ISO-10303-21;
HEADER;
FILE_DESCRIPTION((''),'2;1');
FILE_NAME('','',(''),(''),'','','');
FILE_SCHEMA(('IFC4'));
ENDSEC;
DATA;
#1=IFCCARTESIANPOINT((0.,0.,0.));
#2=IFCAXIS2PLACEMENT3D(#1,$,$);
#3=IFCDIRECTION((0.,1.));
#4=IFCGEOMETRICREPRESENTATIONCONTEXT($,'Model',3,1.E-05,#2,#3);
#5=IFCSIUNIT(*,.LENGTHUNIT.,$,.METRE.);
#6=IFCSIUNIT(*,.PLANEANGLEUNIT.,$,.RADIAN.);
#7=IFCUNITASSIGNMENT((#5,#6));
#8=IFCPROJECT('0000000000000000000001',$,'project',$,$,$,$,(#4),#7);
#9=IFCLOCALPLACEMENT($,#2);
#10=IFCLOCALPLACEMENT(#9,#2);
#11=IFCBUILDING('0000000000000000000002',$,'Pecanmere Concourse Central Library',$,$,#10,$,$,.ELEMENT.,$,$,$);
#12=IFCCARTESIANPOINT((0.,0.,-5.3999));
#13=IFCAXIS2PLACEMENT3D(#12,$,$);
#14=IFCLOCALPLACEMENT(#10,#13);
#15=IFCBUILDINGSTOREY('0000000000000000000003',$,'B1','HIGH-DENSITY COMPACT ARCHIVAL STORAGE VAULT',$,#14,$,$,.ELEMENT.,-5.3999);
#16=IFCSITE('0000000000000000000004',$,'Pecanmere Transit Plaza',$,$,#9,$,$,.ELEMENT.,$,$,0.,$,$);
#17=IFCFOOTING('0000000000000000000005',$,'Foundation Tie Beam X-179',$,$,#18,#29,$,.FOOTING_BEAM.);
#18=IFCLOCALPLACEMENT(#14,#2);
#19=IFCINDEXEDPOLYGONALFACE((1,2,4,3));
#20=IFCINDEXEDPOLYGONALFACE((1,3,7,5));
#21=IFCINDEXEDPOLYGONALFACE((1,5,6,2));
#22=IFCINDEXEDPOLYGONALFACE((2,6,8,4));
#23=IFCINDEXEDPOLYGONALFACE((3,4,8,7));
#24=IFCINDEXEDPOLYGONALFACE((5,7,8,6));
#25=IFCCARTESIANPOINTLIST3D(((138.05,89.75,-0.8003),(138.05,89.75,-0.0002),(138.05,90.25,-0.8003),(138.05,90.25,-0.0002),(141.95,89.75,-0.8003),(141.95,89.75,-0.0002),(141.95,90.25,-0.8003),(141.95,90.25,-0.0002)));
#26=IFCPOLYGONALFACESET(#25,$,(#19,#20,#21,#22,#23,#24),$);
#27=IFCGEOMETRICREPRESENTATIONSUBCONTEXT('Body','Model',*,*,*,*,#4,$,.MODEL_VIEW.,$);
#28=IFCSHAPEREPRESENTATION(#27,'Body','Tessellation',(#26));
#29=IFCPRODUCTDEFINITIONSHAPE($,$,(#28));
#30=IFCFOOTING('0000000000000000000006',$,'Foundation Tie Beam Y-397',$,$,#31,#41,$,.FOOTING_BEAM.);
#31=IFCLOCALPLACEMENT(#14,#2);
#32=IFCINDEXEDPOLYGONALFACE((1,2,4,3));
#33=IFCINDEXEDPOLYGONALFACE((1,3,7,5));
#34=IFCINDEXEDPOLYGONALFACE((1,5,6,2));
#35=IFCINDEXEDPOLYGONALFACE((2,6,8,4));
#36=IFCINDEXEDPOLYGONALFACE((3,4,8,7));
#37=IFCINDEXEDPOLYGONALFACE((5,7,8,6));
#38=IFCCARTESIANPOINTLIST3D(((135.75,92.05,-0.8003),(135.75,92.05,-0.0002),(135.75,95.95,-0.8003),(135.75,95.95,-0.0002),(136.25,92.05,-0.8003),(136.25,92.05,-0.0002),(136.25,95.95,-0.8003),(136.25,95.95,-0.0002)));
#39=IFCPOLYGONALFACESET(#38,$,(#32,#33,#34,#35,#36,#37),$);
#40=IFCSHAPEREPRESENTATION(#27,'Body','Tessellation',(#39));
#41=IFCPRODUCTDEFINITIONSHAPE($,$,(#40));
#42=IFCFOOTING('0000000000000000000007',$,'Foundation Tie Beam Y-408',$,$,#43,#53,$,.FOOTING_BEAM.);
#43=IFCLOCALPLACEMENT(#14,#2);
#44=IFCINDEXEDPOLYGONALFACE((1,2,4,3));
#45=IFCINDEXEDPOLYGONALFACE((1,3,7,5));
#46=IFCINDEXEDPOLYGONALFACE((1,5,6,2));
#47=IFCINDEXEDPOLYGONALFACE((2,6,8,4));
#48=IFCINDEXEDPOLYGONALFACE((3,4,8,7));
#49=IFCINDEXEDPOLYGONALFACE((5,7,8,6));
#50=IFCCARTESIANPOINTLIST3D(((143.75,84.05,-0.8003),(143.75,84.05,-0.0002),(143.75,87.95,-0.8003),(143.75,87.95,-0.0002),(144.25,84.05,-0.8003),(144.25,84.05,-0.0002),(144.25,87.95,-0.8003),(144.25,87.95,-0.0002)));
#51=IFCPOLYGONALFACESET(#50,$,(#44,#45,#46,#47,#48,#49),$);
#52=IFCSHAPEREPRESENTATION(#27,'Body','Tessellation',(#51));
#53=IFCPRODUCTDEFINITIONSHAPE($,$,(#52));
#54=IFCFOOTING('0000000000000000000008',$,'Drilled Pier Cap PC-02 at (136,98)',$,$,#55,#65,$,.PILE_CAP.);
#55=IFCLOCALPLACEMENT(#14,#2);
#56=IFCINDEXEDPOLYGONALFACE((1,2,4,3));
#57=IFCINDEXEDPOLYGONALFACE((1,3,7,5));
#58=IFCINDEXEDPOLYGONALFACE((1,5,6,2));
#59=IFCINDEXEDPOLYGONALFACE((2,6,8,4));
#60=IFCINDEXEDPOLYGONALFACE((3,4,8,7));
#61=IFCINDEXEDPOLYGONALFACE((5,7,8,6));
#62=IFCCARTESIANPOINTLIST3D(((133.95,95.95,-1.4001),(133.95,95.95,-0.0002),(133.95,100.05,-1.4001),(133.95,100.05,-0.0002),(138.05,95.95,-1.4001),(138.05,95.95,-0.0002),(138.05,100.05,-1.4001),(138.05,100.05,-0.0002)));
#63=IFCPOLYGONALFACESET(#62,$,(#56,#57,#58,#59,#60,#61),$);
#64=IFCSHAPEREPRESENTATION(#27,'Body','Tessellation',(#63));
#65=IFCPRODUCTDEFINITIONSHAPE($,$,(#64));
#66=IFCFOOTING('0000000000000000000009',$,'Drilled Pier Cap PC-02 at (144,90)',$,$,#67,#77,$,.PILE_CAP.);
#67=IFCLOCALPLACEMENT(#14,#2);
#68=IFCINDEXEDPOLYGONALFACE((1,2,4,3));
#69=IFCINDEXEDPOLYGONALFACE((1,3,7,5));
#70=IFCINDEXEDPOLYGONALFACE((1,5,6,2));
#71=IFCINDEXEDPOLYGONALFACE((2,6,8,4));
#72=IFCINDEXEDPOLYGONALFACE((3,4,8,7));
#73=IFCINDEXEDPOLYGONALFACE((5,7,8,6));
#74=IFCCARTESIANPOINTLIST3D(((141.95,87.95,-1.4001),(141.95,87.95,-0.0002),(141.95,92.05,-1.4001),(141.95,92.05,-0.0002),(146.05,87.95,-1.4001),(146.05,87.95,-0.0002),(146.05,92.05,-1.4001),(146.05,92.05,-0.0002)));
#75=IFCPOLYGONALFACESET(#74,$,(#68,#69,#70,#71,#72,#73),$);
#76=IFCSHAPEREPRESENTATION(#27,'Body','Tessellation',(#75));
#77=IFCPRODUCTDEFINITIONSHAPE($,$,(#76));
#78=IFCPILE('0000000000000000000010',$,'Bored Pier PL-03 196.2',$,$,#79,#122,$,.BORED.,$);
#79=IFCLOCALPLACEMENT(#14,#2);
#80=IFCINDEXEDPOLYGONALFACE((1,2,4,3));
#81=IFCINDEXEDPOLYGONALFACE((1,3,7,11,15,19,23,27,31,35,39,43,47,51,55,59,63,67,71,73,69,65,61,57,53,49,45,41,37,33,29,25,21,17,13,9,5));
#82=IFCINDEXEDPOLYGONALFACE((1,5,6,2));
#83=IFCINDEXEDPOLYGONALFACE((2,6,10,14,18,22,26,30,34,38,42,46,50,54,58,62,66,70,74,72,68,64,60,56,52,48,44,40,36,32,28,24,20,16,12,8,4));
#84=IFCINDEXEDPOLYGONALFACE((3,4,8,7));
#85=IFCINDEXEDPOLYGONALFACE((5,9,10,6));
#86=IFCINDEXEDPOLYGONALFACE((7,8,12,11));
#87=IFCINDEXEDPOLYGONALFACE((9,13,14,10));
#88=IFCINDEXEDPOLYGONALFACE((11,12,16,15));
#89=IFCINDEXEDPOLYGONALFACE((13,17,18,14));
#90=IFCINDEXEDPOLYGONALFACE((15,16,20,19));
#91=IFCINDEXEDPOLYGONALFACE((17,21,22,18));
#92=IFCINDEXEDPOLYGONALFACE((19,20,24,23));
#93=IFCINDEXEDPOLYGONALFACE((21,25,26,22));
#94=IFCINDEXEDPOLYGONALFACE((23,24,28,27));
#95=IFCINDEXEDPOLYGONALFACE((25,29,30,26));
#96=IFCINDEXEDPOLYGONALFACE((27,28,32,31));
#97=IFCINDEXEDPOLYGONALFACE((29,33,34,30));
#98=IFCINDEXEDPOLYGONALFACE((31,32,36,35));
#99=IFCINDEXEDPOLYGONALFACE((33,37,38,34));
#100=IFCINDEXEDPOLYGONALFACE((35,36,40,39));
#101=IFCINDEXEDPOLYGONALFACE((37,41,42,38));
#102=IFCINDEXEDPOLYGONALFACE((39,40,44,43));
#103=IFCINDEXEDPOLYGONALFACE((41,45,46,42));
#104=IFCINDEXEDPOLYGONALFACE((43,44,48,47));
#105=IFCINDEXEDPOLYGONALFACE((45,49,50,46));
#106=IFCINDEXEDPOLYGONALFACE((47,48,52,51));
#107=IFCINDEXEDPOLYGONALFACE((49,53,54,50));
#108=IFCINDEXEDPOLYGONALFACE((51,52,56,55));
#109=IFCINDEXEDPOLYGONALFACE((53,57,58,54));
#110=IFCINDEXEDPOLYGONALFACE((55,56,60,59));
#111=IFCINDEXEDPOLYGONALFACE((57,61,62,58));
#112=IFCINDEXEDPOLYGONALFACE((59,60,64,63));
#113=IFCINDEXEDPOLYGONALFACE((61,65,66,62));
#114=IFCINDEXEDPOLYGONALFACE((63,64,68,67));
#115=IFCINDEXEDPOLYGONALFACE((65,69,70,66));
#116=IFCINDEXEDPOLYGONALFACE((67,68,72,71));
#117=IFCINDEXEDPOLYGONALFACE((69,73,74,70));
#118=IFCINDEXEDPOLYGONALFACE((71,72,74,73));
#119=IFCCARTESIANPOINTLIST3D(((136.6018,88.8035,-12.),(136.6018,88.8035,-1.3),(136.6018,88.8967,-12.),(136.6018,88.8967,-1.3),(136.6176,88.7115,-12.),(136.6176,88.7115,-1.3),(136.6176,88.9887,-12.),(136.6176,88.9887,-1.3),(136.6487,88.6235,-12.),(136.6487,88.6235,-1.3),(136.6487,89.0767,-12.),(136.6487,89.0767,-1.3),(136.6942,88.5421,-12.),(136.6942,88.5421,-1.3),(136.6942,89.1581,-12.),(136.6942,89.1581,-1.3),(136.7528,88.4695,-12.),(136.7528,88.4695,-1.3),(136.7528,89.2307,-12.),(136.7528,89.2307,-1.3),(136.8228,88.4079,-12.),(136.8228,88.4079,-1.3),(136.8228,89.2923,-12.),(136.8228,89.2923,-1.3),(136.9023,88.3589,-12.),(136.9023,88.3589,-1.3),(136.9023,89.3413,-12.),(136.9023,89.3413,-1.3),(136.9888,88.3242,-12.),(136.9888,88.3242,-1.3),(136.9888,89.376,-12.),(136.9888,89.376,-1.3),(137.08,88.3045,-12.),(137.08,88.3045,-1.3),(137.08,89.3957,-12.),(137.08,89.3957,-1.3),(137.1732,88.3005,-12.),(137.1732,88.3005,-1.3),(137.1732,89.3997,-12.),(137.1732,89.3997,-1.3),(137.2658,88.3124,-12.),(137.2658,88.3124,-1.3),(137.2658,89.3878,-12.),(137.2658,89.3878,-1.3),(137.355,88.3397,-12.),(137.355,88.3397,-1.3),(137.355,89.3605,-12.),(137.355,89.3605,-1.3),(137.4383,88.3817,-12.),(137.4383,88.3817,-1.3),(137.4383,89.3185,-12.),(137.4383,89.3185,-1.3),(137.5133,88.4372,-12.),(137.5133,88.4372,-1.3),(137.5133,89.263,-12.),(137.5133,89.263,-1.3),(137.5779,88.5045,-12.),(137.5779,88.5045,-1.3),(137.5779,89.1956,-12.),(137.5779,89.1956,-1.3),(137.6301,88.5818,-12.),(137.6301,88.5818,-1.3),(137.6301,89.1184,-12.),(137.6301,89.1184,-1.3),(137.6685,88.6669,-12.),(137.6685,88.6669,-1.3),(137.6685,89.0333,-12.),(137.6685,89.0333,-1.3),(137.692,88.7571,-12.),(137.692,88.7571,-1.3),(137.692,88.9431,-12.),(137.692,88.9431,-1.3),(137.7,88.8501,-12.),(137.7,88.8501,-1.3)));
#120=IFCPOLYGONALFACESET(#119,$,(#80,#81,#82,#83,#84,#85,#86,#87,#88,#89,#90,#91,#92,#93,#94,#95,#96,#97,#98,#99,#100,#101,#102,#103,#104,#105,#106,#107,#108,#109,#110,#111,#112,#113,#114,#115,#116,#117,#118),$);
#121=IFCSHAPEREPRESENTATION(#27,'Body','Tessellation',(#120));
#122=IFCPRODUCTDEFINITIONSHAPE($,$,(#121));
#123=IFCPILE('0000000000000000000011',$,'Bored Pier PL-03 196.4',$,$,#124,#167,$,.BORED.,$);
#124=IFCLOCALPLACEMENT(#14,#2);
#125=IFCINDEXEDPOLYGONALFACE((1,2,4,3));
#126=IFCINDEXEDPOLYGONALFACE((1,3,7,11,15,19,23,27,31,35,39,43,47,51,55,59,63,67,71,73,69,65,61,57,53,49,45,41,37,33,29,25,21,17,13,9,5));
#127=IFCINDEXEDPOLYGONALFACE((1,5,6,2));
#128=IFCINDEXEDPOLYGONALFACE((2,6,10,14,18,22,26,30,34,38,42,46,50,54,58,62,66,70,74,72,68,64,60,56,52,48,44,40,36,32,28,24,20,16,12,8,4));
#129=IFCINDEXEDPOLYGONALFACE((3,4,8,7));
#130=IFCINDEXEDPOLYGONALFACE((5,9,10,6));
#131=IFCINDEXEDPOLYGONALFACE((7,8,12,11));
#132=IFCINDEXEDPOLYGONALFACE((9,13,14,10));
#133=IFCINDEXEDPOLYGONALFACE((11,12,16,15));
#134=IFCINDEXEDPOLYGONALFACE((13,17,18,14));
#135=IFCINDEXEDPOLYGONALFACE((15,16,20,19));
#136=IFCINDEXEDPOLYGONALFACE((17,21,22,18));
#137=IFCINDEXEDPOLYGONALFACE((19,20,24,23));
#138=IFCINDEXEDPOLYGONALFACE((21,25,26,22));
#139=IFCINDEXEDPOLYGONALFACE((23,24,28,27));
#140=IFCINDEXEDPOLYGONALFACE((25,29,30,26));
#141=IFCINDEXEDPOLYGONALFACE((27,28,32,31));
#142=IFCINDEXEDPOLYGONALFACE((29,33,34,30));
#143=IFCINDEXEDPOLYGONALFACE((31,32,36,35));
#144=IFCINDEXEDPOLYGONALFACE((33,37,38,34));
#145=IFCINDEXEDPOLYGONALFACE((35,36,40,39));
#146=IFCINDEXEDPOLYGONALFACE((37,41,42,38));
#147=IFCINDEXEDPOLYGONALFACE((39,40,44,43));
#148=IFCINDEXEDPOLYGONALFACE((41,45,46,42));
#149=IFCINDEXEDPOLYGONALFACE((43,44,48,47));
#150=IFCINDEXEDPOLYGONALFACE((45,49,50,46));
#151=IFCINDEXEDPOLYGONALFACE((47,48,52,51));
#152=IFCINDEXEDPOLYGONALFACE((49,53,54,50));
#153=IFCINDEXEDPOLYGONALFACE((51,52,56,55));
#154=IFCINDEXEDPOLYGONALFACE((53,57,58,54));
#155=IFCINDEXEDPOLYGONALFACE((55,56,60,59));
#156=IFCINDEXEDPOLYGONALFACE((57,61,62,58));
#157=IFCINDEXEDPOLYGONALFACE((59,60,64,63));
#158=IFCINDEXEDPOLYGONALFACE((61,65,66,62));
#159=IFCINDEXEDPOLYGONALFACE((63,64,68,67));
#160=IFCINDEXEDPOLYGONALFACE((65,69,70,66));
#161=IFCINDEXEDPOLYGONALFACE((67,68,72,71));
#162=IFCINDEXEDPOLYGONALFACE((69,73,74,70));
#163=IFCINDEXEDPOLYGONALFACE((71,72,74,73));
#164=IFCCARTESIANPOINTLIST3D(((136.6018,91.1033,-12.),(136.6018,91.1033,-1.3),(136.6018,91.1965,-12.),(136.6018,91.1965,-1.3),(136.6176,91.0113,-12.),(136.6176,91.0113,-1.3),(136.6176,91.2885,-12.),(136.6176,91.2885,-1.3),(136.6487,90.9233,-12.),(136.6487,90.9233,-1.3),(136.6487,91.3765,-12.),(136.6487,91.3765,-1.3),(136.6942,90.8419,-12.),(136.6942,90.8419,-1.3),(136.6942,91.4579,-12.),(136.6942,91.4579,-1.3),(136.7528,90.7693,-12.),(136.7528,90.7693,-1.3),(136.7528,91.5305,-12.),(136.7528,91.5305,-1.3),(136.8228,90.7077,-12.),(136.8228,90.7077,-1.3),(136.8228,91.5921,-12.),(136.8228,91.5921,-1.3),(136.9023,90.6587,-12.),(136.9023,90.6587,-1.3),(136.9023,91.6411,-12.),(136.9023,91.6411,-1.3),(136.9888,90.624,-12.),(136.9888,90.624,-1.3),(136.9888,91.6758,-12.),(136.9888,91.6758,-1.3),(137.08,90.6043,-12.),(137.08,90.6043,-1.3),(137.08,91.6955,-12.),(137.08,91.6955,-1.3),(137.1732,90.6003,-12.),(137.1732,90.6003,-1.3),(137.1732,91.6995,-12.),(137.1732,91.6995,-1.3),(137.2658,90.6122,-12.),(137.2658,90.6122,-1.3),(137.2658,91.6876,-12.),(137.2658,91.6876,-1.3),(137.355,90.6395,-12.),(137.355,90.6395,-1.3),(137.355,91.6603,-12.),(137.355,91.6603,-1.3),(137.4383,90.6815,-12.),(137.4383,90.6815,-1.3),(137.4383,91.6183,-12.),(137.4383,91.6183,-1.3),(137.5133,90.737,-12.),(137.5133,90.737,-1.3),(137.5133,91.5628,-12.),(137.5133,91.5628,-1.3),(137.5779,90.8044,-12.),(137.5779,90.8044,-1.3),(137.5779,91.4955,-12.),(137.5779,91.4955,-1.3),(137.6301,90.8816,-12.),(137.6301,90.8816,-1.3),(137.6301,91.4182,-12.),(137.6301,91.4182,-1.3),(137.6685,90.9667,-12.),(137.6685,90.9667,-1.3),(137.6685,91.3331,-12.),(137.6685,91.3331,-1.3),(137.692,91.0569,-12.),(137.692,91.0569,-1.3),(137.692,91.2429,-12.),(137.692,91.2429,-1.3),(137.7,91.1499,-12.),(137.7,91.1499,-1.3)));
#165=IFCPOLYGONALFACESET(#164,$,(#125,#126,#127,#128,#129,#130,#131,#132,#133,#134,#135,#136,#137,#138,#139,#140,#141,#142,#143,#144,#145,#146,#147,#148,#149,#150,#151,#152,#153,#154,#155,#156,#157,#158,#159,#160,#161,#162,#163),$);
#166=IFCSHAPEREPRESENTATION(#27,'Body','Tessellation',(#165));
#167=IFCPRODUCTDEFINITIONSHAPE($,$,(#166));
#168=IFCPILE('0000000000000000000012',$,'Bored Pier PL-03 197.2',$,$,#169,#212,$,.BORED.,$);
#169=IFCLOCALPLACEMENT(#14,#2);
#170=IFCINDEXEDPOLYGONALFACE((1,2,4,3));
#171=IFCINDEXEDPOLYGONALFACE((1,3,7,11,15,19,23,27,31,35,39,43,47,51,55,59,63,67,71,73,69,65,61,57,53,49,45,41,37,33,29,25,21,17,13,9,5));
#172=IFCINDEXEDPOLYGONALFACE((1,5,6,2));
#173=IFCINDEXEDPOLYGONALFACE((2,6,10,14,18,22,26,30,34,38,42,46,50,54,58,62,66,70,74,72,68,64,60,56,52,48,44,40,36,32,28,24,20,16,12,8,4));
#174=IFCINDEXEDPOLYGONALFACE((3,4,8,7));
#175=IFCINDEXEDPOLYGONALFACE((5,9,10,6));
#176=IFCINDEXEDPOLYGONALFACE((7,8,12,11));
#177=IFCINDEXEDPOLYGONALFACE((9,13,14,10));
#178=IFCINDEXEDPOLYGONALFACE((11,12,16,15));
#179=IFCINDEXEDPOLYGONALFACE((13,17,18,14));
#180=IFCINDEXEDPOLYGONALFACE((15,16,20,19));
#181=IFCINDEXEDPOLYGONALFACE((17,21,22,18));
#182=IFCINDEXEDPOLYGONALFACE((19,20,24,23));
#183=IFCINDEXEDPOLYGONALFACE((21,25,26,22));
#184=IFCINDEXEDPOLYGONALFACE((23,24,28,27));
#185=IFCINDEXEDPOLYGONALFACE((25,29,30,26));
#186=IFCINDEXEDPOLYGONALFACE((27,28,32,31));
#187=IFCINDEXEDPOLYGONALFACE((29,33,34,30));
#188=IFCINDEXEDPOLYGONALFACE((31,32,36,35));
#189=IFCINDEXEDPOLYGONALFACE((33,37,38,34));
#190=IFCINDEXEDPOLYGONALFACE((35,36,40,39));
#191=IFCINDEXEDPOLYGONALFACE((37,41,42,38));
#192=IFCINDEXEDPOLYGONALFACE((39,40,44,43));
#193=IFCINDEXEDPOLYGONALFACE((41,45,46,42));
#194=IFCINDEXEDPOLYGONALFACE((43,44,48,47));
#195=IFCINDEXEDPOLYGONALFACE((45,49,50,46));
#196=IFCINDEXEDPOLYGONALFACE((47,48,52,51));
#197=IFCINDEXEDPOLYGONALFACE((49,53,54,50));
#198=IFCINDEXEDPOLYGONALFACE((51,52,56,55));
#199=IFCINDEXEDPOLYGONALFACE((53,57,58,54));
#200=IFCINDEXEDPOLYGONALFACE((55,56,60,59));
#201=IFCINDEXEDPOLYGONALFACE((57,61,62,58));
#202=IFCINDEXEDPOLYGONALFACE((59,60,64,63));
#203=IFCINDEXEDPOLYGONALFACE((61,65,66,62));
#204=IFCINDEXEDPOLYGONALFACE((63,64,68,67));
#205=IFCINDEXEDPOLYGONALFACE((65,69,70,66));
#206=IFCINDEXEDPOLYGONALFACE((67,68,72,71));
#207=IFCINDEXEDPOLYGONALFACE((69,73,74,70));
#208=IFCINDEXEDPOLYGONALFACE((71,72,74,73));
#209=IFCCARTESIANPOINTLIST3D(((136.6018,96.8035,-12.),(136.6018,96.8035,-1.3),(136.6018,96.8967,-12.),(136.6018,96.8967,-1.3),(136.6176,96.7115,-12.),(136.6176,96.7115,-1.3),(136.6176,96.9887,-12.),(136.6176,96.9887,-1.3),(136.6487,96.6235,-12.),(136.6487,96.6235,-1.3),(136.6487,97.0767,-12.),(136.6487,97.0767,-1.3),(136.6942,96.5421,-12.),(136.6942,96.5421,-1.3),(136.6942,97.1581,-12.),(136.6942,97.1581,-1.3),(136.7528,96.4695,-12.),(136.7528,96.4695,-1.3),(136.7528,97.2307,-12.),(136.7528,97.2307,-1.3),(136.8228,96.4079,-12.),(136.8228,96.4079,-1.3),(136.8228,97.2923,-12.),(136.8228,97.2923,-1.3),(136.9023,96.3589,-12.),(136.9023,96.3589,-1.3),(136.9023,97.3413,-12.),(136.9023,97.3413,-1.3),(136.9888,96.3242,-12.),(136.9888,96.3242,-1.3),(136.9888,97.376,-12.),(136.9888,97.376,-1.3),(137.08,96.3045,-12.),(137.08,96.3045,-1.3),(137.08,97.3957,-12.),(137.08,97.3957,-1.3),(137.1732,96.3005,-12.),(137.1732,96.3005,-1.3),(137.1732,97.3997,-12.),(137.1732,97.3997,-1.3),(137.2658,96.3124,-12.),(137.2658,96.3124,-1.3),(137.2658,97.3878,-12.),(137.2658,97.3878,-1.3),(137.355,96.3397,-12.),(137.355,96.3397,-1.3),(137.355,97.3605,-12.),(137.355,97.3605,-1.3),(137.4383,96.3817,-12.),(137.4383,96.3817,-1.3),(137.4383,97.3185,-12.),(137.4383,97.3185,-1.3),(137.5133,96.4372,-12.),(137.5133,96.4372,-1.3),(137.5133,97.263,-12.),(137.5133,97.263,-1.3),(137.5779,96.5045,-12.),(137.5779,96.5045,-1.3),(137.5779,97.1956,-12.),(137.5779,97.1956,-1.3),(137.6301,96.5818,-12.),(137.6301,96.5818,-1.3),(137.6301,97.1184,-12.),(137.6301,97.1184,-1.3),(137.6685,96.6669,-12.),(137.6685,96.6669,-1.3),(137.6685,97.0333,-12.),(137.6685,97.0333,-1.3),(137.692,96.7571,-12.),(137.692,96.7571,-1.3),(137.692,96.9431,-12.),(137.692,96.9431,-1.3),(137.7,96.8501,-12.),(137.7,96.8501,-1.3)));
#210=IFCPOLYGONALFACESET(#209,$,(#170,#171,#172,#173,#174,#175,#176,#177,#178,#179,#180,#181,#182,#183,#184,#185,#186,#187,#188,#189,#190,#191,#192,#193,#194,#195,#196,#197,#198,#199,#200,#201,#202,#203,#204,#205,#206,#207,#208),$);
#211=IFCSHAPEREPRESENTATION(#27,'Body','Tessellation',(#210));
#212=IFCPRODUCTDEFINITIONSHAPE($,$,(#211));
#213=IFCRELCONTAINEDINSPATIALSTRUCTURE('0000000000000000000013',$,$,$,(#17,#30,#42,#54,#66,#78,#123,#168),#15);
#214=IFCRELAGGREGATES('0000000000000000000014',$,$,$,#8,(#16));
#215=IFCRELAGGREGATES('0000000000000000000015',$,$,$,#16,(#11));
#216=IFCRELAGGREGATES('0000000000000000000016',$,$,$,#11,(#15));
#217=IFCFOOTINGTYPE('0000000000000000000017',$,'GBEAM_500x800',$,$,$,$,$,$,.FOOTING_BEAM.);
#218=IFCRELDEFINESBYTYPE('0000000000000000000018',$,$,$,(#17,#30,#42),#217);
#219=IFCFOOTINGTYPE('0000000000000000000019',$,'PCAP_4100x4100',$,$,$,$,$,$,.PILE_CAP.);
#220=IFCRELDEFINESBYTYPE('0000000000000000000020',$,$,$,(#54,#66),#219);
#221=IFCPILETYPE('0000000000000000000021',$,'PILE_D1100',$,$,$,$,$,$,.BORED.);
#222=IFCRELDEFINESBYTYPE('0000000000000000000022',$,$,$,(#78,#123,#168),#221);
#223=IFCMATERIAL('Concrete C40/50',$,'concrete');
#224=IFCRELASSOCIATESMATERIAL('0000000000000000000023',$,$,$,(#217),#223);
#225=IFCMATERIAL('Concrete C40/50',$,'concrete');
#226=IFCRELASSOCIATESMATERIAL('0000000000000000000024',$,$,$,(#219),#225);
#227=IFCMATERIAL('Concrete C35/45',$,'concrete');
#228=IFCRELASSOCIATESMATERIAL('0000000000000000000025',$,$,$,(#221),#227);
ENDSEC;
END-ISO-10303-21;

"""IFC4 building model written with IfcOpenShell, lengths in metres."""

from ifc_helpers import new_model, si_unit, direction, frame, origin, origin_2d, place, context, subcontext, project, spatial, rectangle, circle, extrude, material, material_profile, profile_set, type_object, element, save


model = new_model("IFC4")

# Units and contexts
model_context = context("Model", 3, precision=1e-05, world=origin(), true_north=direction((0.0, 1.0)))
body_context = subcontext(model_context, "Body", "Model", "MODEL_VIEW")
ifc_project = project(units=[si_unit("LENGTHUNIT", "METRE"), si_unit("PLANEANGLEUNIT", "RADIAN")], contexts=[model_context])

# Site, building, storey
site_placement = place(None, origin())
site = spatial("IfcSite", under=ifc_project, at=site_placement, Name="Pecanmere Transit Plaza", CompositionType="ELEMENT", RefElevation=0.0)
building_placement = place(site_placement, origin())
building = spatial("IfcBuilding", under=site, at=building_placement, Name="Pecanmere Concourse Central Library", CompositionType="ELEMENT")
storey_placement = place(building_placement, frame((0.0, 0.0, -5.3999)))
storey = spatial("IfcBuildingStorey", under=building, at=storey_placement, Name="B1", Description="HIGH-DENSITY COMPACT ARCHIVAL STORAGE VAULT", CompositionType="ELEMENT", Elevation=-5.3999)

# Footings
ifc_material_1 = material(Name="Concrete C40/50", Category="concrete")
ifc_material_profile_1 = material_profile(ifc_material_1, rectangle(XDim=0.5, YDim=0.8, at=origin_2d()), Name="RC 500x800")
ifc_profile_set_1 = profile_set([ifc_material_profile_1], Name="Concrete C40/50")
footing_type_1 = type_object("IfcFootingType", Name="GBEAM_500x800", PredefinedType="FOOTING_BEAM", material=ifc_profile_set_1)
for number, where, z_axis, x_axis, name in (
    (1, (140.0, 90.0, -0.8003), (0.0, 0.0, 1.0), (1.0, 0.0, 0.0), "Foundation Tie Beam X-179"),
    (2, (136.0, 94.0, -0.8003), (0.0, 0.0, 1.0), (0.0, 1.0, 0.0), "Foundation Tie Beam Y-397"),
    (3, (144.0, 86.0, -0.8003), (0.0, 0.0, 1.0), (0.0, 1.0, 0.0), "Foundation Tie Beam Y-408"),
):
    element("IfcFooting", number, at=place(storey_placement, frame(where, z_axis=z_axis, x_axis=x_axis)), inside=storey, type_object=footing_type_1, Name=name, PredefinedType="FOOTING_BEAM", context=body_context, shape_type="SweptSolid", body=[
        extrude(rectangle(XDim=3.8999, YDim=0.5, at=origin_2d()), origin(), (0.0, 0.0, 1.0), 0.8),
    ])
ifc_material_2 = material(Name="Concrete C40/50", Category="concrete")
footing_type_2 = type_object("IfcFootingType", Name="PCAP_4100x4100", PredefinedType="PILE_CAP", material=ifc_material_2)
for number, where, z_axis, x_axis, name in (
    (4, (136.0, 98.0, -1.4001), (0.0, 0.0, 1.0), (1.0, 0.0, 0.0), "Drilled Pier Cap PC-02 at (136,98)"),
    (5, (144.0, 90.0, -1.4001), (0.0, 0.0, 1.0), (1.0, 0.0, 0.0), "Drilled Pier Cap PC-02 at (144,90)"),
):
    element("IfcFooting", number, at=place(storey_placement, frame(where, z_axis=z_axis, x_axis=x_axis)), inside=storey, type_object=footing_type_2, Name=name, PredefinedType="PILE_CAP", context=body_context, shape_type="SweptSolid", body=[
        extrude(rectangle(XDim=4.1001, YDim=4.1001, at=origin_2d()), origin(), (0.0, 0.0, 1.0), 1.3999),
    ])

# Piles
ifc_material_3 = material(Name="Concrete C35/45", Category="concrete")
ifc_material_profile_2 = material_profile(ifc_material_3, circle(Radius=0.55, at=origin_2d()), Name="PIER D1100")
ifc_profile_set_2 = profile_set([ifc_material_profile_2], Name="Concrete C35/45")
pile_type = type_object("IfcPileType", Name="PILE_D1100", PredefinedType="BORED", material=ifc_profile_set_2)
for number, where, z_axis, x_axis, name in (
    (6, (137.1499, 88.8501, -1.3), (0.0, 0.0, -1.0), (1.0, 0.0, 0.0), "Bored Pier PL-03 196.2"),
    (7, (137.1499, 91.1499, -1.3), (0.0, 0.0, -1.0), (1.0, 0.0, 0.0), "Bored Pier PL-03 196.4"),
    (8, (137.1499, 96.8501, -1.3), (0.0, 0.0, -1.0), (1.0, 0.0, 0.0), "Bored Pier PL-03 197.2"),
):
    element("IfcPile", number, at=place(storey_placement, frame(where, z_axis=z_axis, x_axis=x_axis)), inside=storey, type_object=pile_type, Name=name, PredefinedType="BORED", context=body_context, shape_type="SweptSolid", body=[
        extrude(circle(Radius=0.55, at=origin_2d()), origin(), (0.0, 0.0, 1.0), 10.7),
    ])

save(model, "model.ifc")
